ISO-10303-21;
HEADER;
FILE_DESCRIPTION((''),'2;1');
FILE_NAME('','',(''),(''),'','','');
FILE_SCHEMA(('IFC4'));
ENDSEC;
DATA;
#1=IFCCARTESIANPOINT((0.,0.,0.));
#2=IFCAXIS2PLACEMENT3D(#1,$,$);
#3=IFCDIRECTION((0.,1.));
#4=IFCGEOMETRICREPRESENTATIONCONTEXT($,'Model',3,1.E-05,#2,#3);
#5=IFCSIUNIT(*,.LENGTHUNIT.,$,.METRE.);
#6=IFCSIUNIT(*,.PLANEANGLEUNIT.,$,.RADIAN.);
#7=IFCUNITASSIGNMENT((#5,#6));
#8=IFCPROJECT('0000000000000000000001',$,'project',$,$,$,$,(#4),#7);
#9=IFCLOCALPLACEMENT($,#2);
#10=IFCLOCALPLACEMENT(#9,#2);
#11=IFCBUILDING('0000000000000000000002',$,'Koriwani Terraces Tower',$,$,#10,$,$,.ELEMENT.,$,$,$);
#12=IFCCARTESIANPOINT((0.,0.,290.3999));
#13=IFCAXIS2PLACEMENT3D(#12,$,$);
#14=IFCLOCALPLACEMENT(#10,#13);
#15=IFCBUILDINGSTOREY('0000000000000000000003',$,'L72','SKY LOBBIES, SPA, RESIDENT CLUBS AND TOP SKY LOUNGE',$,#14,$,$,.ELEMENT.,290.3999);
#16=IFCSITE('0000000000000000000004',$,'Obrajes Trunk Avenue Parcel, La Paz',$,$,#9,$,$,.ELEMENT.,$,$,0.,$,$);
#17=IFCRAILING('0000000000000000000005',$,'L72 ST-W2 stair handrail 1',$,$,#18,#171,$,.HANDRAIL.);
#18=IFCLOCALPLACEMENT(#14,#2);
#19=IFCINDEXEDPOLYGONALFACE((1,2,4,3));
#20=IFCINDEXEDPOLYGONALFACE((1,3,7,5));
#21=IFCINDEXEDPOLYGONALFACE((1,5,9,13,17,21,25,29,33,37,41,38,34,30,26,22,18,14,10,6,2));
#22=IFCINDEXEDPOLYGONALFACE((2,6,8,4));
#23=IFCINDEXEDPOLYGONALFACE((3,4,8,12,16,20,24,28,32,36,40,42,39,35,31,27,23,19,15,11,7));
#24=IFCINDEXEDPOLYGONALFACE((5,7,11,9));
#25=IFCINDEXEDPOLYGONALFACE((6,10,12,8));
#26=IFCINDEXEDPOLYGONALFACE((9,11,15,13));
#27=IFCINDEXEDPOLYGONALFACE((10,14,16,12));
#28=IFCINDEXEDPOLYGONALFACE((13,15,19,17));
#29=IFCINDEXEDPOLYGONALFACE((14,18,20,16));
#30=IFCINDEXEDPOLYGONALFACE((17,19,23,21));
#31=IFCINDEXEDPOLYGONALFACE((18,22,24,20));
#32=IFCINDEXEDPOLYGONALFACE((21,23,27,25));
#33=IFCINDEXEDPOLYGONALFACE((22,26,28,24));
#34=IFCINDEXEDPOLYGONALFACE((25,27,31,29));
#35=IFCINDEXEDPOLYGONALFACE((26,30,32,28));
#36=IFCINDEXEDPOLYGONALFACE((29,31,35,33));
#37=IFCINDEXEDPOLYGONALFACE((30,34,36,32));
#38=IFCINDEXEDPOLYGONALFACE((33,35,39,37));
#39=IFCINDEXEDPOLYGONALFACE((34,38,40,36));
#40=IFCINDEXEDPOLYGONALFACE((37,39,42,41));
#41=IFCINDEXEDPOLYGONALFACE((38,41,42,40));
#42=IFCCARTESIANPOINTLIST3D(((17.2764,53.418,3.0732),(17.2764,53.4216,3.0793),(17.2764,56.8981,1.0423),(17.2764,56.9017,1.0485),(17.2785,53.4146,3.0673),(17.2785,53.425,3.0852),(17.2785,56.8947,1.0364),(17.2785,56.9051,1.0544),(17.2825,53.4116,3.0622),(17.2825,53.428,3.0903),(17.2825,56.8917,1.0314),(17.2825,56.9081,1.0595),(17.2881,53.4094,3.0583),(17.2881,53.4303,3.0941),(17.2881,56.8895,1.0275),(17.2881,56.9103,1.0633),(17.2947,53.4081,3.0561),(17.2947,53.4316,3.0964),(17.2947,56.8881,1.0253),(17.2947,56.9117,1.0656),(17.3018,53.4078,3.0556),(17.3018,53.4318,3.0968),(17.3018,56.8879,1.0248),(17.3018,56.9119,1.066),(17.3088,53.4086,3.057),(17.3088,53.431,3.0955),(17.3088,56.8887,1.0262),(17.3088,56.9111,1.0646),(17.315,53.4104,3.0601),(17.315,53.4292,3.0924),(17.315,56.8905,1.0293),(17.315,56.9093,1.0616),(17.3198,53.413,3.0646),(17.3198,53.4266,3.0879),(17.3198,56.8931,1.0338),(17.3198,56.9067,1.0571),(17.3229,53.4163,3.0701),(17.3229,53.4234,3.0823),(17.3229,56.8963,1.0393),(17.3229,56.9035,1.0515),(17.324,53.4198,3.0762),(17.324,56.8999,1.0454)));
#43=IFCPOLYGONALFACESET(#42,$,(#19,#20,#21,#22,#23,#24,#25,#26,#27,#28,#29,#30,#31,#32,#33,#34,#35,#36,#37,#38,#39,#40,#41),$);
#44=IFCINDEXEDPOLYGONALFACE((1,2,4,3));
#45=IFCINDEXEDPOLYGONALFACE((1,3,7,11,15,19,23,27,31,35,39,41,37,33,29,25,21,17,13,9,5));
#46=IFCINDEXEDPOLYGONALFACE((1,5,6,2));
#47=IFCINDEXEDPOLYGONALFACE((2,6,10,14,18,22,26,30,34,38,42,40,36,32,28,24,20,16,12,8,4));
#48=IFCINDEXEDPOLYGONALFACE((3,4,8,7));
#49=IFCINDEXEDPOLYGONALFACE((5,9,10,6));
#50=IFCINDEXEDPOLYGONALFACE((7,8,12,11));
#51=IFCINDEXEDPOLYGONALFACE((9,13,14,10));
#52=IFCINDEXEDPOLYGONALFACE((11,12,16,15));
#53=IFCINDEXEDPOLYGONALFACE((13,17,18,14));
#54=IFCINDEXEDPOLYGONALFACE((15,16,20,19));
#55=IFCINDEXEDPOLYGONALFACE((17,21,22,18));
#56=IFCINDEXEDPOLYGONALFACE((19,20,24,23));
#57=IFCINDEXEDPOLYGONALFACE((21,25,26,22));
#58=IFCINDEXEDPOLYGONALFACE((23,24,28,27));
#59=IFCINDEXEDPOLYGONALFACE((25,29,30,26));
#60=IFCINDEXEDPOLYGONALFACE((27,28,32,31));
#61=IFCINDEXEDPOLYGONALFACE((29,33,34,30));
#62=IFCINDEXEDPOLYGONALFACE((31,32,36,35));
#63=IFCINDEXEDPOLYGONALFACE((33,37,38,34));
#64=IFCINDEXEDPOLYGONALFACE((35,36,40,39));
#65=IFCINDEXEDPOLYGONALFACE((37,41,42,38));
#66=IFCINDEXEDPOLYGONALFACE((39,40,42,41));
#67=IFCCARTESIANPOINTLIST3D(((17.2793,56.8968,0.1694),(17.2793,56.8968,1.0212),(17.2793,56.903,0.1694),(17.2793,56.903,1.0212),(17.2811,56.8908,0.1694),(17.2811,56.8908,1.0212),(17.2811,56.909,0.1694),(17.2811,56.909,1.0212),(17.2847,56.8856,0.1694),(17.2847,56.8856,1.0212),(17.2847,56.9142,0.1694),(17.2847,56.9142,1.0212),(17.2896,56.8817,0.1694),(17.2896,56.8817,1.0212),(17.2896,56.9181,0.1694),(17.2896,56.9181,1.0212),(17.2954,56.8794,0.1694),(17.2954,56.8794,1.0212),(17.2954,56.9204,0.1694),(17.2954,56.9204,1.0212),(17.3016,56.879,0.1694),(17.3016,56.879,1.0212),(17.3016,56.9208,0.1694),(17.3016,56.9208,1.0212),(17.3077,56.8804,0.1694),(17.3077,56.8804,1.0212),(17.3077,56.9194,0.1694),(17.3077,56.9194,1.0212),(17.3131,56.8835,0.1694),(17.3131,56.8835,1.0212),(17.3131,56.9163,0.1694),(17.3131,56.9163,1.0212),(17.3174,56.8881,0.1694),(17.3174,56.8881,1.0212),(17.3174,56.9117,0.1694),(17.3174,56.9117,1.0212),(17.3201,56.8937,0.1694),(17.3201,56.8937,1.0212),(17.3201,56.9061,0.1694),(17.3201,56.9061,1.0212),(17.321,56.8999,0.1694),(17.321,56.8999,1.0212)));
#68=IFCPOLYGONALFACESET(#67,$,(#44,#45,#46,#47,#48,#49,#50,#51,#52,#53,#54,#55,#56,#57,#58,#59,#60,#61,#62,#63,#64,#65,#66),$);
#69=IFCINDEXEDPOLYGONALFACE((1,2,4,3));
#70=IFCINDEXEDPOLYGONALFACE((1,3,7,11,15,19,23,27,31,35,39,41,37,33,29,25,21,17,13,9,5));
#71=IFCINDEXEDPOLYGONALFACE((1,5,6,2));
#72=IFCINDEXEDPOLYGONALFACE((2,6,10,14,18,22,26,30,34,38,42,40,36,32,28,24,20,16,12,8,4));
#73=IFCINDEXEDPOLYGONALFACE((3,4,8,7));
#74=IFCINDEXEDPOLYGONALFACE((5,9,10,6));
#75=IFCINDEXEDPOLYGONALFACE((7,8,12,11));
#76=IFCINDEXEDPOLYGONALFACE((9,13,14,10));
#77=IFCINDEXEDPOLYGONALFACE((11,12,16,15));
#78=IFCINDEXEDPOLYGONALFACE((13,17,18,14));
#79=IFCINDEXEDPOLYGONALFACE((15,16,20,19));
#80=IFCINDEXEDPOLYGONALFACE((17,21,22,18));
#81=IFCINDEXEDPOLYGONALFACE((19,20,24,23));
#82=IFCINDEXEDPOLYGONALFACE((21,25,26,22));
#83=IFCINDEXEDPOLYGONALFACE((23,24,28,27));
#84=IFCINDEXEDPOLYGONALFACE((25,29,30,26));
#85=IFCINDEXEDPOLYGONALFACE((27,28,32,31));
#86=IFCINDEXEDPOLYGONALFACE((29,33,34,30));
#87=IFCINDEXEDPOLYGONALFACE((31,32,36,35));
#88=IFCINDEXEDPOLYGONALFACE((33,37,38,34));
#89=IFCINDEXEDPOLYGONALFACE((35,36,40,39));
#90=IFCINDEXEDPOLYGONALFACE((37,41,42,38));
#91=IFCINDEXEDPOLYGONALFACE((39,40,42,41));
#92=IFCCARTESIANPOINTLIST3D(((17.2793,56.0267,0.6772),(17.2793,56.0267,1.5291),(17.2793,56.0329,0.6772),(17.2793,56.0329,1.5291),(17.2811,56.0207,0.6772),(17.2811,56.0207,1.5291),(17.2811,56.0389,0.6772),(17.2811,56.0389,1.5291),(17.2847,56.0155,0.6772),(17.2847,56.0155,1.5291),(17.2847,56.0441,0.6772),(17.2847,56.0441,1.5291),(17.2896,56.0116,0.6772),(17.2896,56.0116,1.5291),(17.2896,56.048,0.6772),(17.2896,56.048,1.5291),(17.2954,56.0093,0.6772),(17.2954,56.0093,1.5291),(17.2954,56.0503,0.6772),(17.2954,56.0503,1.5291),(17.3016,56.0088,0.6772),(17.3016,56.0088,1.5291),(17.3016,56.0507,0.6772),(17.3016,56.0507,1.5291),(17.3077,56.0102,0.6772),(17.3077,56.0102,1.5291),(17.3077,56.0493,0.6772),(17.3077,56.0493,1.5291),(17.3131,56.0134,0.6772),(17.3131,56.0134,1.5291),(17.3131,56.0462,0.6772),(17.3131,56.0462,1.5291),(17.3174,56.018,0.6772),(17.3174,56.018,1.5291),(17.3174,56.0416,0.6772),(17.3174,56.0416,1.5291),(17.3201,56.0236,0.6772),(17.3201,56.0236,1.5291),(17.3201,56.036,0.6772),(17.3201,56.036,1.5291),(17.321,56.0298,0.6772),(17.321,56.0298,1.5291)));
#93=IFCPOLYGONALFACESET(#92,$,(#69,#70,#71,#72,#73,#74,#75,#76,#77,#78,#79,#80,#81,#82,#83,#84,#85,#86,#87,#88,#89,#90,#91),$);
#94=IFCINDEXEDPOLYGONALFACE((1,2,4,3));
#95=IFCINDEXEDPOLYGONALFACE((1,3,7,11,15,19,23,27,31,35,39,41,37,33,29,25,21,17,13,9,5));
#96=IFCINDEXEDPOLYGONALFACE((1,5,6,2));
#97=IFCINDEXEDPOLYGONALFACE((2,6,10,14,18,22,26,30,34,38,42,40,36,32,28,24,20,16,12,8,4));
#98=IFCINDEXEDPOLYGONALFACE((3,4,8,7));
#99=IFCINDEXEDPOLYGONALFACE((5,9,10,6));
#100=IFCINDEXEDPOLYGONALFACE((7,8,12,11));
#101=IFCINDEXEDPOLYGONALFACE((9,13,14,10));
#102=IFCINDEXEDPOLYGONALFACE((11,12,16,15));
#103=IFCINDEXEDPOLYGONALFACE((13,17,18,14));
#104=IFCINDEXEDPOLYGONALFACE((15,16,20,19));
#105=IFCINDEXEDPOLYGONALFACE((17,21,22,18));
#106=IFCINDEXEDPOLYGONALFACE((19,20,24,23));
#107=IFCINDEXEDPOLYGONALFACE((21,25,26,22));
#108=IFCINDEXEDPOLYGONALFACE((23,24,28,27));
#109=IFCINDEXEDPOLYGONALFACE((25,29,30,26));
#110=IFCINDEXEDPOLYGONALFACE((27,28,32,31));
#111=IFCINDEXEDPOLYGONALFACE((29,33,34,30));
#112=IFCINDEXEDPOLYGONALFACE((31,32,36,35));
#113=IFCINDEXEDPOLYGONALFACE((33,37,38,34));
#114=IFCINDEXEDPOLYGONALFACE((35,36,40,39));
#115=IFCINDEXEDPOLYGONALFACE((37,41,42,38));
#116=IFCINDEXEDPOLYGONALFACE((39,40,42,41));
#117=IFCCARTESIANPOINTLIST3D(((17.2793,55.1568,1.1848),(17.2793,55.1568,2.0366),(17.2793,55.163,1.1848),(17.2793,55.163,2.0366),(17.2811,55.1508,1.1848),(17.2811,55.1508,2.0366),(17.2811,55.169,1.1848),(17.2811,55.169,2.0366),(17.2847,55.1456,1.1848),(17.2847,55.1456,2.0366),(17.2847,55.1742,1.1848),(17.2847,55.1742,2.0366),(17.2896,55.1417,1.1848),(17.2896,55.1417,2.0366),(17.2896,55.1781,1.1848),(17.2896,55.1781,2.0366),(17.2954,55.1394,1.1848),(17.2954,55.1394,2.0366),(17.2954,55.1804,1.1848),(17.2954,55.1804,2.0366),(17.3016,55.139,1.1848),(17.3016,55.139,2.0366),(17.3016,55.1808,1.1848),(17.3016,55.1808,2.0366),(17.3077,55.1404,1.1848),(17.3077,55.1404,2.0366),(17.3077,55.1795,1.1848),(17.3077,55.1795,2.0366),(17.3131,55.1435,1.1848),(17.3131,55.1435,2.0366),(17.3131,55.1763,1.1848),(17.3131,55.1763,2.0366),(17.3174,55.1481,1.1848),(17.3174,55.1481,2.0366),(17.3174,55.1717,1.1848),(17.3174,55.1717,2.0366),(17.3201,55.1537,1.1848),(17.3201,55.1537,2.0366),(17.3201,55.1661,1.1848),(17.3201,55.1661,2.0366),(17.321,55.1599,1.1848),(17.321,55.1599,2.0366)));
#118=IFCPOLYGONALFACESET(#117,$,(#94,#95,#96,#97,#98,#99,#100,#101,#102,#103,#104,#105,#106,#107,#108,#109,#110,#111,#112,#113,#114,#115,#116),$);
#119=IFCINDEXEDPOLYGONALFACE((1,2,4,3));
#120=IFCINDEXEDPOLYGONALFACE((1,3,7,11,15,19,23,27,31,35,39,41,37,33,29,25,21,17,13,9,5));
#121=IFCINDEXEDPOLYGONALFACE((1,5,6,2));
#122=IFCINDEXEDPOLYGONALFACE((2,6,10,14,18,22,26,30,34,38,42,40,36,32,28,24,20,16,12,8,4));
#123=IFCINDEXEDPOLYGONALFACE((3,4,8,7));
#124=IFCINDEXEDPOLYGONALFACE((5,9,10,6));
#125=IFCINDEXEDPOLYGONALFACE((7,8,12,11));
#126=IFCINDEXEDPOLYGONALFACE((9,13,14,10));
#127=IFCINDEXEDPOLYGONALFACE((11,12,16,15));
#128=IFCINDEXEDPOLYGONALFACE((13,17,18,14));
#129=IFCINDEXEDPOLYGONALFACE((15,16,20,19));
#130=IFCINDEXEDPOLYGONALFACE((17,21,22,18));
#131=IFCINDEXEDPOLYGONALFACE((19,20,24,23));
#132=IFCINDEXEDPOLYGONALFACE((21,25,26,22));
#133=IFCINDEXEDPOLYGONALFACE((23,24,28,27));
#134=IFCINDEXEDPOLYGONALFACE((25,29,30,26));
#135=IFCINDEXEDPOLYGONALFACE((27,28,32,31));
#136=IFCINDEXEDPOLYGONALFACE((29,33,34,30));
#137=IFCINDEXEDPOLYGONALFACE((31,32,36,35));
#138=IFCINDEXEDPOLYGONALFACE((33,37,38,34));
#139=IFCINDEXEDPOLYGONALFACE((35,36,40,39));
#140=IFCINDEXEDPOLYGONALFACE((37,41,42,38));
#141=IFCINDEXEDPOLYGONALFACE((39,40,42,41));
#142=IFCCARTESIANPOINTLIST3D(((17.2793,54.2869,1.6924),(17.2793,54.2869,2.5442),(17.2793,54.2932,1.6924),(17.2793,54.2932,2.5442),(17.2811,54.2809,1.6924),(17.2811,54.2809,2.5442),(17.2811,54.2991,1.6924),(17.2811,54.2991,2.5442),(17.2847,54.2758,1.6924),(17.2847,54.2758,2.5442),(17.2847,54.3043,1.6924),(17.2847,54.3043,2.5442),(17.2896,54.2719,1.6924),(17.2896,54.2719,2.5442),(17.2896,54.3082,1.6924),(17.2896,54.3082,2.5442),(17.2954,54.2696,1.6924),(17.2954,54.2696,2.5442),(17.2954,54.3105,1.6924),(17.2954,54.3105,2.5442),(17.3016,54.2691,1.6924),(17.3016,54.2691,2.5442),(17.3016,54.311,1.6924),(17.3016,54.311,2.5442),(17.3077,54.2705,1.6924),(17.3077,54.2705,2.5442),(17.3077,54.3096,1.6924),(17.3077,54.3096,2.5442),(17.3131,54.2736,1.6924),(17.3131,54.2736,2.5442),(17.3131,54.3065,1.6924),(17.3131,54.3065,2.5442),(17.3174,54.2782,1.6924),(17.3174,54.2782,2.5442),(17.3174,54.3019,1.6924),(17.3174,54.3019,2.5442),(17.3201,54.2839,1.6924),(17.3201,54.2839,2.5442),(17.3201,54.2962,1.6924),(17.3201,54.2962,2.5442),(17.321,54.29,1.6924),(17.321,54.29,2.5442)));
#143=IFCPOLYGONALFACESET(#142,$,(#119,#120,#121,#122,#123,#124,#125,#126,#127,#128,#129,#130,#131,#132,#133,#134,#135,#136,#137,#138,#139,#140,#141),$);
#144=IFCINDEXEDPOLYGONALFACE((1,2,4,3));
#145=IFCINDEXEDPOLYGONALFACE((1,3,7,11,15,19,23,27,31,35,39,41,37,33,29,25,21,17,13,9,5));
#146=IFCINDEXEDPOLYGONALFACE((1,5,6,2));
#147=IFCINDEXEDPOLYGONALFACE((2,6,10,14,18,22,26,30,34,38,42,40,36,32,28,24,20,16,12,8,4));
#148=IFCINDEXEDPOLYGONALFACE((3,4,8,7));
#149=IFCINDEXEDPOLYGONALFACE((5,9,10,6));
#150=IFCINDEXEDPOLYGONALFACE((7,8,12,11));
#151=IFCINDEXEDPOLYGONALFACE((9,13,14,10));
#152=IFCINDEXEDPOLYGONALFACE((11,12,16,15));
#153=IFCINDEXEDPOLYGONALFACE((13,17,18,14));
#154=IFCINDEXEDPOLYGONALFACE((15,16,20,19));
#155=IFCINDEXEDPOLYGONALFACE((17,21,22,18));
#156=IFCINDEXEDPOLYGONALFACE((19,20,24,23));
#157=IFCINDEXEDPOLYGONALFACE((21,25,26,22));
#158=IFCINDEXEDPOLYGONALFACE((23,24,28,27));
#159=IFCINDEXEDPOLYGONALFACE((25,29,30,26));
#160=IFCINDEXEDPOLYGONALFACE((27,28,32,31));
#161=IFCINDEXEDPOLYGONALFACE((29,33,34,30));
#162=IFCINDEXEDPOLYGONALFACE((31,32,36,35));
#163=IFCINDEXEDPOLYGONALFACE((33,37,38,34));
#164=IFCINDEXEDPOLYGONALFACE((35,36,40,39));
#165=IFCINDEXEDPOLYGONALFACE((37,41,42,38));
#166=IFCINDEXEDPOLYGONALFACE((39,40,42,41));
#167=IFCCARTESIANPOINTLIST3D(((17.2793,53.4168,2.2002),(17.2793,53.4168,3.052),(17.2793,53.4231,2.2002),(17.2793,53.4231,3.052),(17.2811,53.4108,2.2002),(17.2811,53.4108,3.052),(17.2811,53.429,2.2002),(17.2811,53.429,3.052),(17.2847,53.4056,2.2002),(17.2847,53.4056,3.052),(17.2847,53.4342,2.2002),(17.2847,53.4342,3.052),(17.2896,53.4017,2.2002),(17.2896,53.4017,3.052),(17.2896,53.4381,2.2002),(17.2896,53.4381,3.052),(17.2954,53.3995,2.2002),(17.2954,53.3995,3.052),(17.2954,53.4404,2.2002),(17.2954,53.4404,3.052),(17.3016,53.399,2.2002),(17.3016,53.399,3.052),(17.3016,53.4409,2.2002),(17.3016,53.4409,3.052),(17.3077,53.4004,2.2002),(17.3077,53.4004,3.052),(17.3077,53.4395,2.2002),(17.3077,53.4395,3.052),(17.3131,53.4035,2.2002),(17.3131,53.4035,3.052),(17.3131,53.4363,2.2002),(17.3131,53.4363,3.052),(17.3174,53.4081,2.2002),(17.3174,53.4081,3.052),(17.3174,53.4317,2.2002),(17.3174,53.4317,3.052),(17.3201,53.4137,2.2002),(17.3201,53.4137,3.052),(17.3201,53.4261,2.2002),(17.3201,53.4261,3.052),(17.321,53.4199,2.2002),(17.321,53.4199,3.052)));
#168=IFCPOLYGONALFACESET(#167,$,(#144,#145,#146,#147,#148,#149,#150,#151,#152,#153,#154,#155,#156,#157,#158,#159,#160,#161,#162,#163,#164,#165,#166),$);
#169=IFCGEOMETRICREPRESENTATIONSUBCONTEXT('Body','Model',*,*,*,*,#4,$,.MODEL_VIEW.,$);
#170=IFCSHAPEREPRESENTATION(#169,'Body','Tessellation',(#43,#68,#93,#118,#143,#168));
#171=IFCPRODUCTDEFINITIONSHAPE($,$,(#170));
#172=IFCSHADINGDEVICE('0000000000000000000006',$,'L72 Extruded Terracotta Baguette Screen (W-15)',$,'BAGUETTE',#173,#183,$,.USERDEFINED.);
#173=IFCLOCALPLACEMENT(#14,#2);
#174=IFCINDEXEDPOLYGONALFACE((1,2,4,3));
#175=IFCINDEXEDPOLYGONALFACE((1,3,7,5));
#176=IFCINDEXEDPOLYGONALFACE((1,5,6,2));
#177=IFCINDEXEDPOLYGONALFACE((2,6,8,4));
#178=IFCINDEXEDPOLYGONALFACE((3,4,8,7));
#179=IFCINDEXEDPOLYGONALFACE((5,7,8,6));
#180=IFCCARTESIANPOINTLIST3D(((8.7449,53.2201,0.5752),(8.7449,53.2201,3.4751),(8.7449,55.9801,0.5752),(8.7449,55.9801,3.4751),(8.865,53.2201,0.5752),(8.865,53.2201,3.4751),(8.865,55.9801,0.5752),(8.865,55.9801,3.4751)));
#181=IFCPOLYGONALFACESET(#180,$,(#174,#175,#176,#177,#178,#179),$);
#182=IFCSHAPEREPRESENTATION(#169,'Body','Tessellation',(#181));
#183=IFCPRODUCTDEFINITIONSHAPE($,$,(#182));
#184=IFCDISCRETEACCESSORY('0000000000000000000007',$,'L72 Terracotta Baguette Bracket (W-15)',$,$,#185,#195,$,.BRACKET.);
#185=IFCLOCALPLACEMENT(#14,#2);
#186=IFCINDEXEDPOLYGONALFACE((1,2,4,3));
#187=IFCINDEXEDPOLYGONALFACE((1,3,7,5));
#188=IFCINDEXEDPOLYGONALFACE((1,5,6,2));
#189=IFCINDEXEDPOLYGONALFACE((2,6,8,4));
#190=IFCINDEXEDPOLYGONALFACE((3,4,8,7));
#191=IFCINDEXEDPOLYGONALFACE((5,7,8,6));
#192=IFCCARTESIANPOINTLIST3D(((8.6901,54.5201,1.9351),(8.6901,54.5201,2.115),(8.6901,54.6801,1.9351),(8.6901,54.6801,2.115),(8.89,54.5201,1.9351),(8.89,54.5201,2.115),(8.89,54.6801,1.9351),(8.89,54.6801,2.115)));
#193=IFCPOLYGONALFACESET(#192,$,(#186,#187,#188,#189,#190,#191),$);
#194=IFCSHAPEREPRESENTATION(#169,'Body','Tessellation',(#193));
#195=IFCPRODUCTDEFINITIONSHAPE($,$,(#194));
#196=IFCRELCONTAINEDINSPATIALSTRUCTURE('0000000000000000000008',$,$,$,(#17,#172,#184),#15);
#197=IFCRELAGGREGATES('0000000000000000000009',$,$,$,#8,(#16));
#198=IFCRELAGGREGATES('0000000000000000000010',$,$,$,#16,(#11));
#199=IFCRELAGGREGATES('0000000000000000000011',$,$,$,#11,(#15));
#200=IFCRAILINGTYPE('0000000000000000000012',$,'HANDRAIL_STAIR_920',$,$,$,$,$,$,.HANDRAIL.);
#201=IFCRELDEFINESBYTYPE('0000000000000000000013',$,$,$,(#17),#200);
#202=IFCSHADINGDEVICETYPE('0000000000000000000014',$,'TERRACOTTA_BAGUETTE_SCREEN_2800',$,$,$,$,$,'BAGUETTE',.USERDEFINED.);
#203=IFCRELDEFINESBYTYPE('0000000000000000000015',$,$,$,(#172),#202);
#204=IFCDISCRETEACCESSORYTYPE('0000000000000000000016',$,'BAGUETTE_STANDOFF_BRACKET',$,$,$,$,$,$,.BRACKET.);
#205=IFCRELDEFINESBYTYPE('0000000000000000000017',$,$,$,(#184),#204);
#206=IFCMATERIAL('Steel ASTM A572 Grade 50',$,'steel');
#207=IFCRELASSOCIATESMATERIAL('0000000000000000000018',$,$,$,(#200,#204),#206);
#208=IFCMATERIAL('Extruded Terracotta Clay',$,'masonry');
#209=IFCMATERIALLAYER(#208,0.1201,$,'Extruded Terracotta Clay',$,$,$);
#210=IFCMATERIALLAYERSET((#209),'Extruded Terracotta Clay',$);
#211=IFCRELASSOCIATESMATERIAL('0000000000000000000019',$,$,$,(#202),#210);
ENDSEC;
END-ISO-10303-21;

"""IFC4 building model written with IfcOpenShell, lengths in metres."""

from ifc_helpers import new_model, si_unit, direction, frame, origin, origin_2d, place, context, subcontext, project, spatial, rectangle, circle, extrude, material, layer, layer_set, type_object, element, save


model = new_model("IFC4")

# Units and contexts
model_context = context("Model", 3, precision=1e-05, world=origin(), true_north=direction((0.0, 1.0)))
body_context = subcontext(model_context, "Body", "Model", "MODEL_VIEW")
ifc_project = project(units=[si_unit("LENGTHUNIT", "METRE"), si_unit("PLANEANGLEUNIT", "RADIAN")], contexts=[model_context])

# Site, building, storey
site_placement = place(None, origin())
site = spatial("IfcSite", under=ifc_project, at=site_placement, Name="Obrajes Trunk Avenue Parcel, La Paz", CompositionType="ELEMENT", RefElevation=0.0)
building_placement = place(site_placement, origin())
building = spatial("IfcBuilding", under=site, at=building_placement, Name="Koriwani Terraces Tower", CompositionType="ELEMENT")
storey_placement = place(building_placement, frame((0.0, 0.0, 290.3999)))
storey = spatial("IfcBuildingStorey", under=building, at=storey_placement, Name="L72", Description="SKY LOBBIES, SPA, RESIDENT CLUBS AND TOP SKY LOUNGE", CompositionType="ELEMENT", Elevation=290.3999)

# Railing
ifc_material_1 = material(Name="Steel ASTM A572 Grade 50", Category="steel")
railing_type_1 = type_object("IfcRailingType", Name="HANDRAIL_STAIR_920", PredefinedType="HANDRAIL", material=ifc_material_1)
for number, where, name in (
    (1, (17.3, 56.8999, 0.1694), "L72 ST-W2 stair handrail 1"),
):
    element("IfcRailing", number, at=place(storey_placement, frame(where)), inside=storey, type_object=railing_type_1, Name=name, PredefinedType="HANDRAIL", context=body_context, shape_type="SweptSolid", body=[
        extrude(circle(Radius=0.0239, at=origin_2d()), frame((0.0, 0.0, 0.876), z_axis=(0.0, -0.863695, 0.504014), x_axis=(1.0, 0.0, 0.0)), (0.0, 0.0, 1.0), 4.0293),
        extrude(circle(Radius=0.021, at=origin_2d()), origin(), (0.0, 0.0, 1.0), 0.8518),
        extrude(circle(Radius=0.021, at=origin_2d()), frame((0.0, -0.8701, 0.5078)), (0.0, 0.0, 1.0), 0.8518),
        extrude(circle(Radius=0.021, at=origin_2d()), frame((0.0, -1.74, 1.0154)), (0.0, 0.0, 1.0), 0.8518),
        extrude(circle(Radius=0.021, at=origin_2d()), frame((0.0, -2.6099, 1.5229)), (0.0, 0.0, 1.0), 0.8518),
        extrude(circle(Radius=0.021, at=origin_2d()), frame((0.0, -3.48, 2.0308)), (0.0, 0.0, 1.0), 0.8518),
    ])

# Shading device
ifc_material_2 = material(Name="Extruded Terracotta Clay", Category="masonry")
ifc_layer_1 = layer(ifc_material_2, 0.1201, Name="Extruded Terracotta Clay")
ifc_layer_set_1 = layer_set([ifc_layer_1], Name="Extruded Terracotta Clay")
shading_device_type = type_object("IfcShadingDeviceType", Name="TERRACOTTA_BAGUETTE_SCREEN_2800", ElementType="BAGUETTE", PredefinedType="USERDEFINED", material=ifc_layer_set_1)
shading_device_placement = place(storey_placement, frame((8.8049, 54.6001, 0.5752), z_axis=(0.0, 0.0, 1.0), x_axis=(0.0, 1.0, 0.0)))
element("IfcShadingDevice", 2, at=shading_device_placement, inside=storey, type_object=shading_device_type, Name="L72 Extruded Terracotta Baguette Screen (W-15)", ObjectType="BAGUETTE", PredefinedType="USERDEFINED", context=body_context, shape_type="SweptSolid", body=[
    extrude(rectangle(XDim=2.76, YDim=0.1201, at=origin_2d()), origin(), (0.0, 0.0, 1.0), 2.8999),
])

# Discrete accessory
discrete_accessory_type = type_object("IfcDiscreteAccessoryType", Name="BAGUETTE_STANDOFF_BRACKET", PredefinedType="BRACKET", material=ifc_material_1)
discrete_accessory_placement = place(storey_placement, frame((8.79, 54.6001, 1.9351), z_axis=(0.0, 0.0, 1.0), x_axis=(0.0, 1.0, 0.0)))
element("IfcDiscreteAccessory", 3, at=discrete_accessory_placement, inside=storey, type_object=discrete_accessory_type, Name="L72 Terracotta Baguette Bracket (W-15)", PredefinedType="BRACKET", context=body_context, shape_type="SweptSolid", body=[
    extrude(rectangle(XDim=0.1599, YDim=0.2, at=origin_2d()), origin(), (0.0, 0.0, 1.0), 0.1799),
])

save(model, "model.ifc")
